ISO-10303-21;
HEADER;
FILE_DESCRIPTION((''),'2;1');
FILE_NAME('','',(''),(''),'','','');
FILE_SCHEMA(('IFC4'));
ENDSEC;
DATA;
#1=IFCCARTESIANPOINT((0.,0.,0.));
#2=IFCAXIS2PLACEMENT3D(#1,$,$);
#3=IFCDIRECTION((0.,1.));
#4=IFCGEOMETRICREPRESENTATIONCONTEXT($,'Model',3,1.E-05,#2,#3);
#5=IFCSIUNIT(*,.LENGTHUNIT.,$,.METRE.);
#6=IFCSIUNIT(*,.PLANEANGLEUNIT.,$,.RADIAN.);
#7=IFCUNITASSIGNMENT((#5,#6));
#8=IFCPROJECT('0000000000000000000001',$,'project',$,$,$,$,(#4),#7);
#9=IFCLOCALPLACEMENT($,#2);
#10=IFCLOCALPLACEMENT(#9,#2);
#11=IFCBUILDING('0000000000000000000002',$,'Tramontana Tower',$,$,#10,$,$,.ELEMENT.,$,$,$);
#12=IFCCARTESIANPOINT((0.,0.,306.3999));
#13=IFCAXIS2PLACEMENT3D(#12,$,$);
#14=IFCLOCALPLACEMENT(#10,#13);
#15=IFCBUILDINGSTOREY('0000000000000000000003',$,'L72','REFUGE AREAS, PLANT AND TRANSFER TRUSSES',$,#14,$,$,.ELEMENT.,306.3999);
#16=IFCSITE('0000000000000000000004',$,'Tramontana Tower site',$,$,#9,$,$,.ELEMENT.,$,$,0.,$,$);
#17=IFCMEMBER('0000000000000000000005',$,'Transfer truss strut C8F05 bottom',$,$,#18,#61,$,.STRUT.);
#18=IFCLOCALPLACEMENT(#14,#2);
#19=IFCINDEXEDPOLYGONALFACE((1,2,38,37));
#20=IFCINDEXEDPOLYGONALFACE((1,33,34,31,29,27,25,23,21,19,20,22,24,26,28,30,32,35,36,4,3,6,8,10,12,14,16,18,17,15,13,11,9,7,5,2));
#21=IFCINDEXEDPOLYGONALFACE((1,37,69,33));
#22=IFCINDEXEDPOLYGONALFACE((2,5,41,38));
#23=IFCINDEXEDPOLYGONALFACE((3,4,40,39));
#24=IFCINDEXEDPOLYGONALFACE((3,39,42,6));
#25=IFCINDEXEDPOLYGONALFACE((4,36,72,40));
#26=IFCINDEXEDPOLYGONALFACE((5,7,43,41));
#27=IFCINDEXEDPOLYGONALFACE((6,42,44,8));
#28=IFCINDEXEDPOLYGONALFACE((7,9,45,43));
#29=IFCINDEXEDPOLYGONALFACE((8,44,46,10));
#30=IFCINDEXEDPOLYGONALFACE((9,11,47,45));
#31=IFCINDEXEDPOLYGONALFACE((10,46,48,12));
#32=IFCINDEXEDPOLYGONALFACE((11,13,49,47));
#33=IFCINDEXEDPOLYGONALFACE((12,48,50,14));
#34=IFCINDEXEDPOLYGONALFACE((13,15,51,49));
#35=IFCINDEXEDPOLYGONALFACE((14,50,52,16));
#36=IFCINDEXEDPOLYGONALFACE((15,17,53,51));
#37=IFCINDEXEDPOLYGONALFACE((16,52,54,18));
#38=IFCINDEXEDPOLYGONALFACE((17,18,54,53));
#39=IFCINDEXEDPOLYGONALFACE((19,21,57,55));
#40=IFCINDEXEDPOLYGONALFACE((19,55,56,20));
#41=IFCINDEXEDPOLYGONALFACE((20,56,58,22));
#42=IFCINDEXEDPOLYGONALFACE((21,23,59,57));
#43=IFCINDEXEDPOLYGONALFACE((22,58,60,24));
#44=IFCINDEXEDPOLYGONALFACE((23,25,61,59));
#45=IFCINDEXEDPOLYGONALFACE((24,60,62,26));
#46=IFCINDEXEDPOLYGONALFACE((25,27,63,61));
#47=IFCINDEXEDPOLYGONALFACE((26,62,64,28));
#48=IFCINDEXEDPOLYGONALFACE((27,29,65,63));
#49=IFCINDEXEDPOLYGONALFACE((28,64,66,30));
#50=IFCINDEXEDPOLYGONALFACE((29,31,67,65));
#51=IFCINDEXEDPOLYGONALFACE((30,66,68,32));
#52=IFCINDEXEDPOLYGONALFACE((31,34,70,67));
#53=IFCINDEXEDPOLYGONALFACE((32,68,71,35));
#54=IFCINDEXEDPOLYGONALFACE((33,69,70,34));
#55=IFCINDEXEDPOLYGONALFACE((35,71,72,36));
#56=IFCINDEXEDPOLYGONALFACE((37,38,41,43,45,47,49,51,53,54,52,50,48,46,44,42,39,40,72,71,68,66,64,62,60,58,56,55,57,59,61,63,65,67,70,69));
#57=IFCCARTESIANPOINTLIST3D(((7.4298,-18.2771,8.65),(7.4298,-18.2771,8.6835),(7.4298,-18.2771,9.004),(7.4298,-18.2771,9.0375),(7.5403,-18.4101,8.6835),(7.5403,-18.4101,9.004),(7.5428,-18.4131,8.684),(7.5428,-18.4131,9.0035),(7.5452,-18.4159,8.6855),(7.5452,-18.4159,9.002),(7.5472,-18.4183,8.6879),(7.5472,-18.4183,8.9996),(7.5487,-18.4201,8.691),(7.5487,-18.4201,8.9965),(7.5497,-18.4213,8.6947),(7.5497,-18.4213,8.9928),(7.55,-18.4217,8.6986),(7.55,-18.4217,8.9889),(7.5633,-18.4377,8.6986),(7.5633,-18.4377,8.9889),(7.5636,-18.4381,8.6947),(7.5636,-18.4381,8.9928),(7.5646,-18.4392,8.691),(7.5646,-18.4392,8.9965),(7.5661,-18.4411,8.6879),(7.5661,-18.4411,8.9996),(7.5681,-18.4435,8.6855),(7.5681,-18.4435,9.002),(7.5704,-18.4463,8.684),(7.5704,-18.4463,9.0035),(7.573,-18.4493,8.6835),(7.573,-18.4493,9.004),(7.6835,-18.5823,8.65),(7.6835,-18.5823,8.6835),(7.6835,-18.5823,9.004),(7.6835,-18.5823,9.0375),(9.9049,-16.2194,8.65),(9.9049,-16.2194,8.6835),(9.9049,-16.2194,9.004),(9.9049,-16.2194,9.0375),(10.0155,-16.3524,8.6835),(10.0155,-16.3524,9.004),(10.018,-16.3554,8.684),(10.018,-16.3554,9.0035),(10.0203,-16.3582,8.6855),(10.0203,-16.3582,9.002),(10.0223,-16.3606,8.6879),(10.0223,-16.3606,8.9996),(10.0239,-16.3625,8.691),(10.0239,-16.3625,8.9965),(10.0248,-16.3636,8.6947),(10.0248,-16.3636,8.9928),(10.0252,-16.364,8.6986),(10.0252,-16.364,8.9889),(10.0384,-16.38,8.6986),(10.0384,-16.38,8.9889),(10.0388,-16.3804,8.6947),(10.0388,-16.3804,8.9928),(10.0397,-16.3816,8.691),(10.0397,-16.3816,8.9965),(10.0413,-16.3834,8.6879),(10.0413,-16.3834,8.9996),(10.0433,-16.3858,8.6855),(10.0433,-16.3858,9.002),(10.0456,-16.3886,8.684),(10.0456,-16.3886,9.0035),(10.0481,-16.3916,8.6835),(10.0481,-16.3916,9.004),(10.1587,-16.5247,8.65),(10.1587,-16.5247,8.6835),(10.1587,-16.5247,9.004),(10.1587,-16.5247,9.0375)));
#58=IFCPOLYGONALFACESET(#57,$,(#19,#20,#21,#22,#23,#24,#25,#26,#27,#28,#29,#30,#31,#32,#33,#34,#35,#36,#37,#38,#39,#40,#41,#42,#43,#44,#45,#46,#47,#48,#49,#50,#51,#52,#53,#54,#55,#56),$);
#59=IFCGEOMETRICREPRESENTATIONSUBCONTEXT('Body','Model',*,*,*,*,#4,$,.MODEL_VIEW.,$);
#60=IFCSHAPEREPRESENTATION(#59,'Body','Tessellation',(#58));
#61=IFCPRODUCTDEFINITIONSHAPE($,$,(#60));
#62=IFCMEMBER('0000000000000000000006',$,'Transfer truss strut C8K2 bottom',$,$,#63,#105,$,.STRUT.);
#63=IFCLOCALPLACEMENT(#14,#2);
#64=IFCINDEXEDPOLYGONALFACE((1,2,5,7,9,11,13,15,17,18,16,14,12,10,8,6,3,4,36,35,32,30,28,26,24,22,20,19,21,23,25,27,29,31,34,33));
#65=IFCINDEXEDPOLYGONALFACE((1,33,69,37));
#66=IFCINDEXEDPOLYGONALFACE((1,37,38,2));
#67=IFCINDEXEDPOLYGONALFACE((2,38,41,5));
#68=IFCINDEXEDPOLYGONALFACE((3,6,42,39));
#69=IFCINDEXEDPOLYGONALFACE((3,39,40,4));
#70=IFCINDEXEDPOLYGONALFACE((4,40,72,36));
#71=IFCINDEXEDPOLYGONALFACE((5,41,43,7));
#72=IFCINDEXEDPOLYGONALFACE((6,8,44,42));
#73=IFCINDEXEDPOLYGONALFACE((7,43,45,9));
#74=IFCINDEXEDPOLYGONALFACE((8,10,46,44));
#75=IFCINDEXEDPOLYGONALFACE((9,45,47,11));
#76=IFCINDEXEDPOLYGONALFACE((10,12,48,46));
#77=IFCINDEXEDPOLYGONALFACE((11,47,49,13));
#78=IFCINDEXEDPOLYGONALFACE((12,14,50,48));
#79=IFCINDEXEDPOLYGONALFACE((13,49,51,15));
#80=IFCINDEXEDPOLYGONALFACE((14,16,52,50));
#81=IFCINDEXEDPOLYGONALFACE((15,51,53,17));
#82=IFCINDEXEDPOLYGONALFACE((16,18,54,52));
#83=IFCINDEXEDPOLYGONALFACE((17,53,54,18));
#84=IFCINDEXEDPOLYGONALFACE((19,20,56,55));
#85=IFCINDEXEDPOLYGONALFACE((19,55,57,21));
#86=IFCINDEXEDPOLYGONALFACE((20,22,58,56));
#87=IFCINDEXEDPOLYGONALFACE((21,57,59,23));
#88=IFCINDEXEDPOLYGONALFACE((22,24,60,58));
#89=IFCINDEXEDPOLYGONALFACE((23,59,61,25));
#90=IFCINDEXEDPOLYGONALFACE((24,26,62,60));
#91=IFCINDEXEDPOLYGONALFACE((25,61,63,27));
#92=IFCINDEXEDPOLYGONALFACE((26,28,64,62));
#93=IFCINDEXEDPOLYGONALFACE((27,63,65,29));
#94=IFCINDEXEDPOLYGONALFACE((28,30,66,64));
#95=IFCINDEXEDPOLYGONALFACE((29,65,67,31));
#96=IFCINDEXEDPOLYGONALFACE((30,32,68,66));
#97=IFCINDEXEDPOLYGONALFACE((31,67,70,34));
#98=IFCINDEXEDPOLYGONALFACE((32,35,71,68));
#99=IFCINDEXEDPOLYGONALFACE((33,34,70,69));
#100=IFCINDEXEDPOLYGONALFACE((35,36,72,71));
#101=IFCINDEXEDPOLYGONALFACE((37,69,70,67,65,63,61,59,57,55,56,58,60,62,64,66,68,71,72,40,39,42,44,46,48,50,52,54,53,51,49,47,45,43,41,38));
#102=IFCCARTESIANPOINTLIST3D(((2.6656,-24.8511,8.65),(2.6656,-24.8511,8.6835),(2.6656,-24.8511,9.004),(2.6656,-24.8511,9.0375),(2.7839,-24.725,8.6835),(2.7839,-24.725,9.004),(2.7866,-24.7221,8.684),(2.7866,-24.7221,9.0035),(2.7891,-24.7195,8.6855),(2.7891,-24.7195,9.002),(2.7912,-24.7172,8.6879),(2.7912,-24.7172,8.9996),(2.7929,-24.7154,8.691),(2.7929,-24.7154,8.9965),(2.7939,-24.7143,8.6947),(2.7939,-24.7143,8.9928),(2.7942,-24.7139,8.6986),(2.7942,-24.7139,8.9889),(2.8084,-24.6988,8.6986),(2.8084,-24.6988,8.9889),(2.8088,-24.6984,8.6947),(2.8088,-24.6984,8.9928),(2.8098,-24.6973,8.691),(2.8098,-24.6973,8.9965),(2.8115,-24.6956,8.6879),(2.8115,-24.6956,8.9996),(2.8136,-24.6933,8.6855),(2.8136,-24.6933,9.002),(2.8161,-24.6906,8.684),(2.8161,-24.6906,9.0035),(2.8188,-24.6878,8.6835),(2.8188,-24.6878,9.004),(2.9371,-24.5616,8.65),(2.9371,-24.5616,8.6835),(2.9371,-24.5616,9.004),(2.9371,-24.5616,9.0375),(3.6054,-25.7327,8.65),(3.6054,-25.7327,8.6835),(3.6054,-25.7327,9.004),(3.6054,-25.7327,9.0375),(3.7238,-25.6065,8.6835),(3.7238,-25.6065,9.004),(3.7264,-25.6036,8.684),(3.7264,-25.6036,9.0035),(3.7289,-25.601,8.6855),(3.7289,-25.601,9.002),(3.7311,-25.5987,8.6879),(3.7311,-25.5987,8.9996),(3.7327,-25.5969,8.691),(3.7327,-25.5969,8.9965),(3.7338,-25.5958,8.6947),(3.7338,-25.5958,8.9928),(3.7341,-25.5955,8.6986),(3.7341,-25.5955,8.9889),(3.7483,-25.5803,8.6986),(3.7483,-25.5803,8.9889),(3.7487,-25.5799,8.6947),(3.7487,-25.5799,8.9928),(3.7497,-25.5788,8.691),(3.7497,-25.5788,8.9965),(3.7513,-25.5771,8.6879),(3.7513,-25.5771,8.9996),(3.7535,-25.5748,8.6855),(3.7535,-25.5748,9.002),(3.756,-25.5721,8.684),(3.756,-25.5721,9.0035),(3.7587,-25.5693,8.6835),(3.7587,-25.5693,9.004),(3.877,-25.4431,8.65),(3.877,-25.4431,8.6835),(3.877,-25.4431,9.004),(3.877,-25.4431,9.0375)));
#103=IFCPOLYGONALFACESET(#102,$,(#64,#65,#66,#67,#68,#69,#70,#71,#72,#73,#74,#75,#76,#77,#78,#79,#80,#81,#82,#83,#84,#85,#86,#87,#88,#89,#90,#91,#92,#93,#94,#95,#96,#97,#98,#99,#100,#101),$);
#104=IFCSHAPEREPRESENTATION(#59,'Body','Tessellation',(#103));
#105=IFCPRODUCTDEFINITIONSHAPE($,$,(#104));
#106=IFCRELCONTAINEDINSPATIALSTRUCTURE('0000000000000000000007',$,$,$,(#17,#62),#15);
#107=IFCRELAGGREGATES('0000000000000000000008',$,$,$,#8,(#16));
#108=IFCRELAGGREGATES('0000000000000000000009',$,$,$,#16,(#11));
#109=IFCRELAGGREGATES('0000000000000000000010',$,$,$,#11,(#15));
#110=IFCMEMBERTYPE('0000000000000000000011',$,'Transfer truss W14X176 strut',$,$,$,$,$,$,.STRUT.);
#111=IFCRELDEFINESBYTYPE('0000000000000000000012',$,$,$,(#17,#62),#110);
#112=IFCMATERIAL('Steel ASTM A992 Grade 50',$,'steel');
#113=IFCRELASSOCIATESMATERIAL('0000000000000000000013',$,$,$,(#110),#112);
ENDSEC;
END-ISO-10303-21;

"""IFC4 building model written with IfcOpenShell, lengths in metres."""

from ifc_helpers import new_model, si_unit, direction, frame, origin, origin_2d, place, context, subcontext, project, spatial, i_section, extrude, material, material_profile, profile_set, type_object, element, save


model = new_model("IFC4")

# Units and contexts
model_context = context("Model", 3, precision=1e-05, world=origin(), true_north=direction((0.0, 1.0)))
body_context = subcontext(model_context, "Body", "Model", "MODEL_VIEW")
ifc_project = project(units=[si_unit("LENGTHUNIT", "METRE"), si_unit("PLANEANGLEUNIT", "RADIAN")], contexts=[model_context])

# Site, building, storey
site_placement = place(None, origin())
site = spatial("IfcSite", under=ifc_project, at=site_placement, Name="Tramontana Tower site", CompositionType="ELEMENT", RefElevation=0.0)
building_placement = place(site_placement, origin())
building = spatial("IfcBuilding", under=site, at=building_placement, Name="Tramontana Tower", CompositionType="ELEMENT")
storey_placement = place(building_placement, frame((0.0, 0.0, 306.3999)))
storey = spatial("IfcBuildingStorey", under=building, at=storey_placement, Name="L72", Description="REFUGE AREAS, PLANT AND TRANSFER TRUSSES", CompositionType="ELEMENT", Elevation=306.3999)

# Members
ifc_material_1 = material(Name="Steel ASTM A992 Grade 50", Category="steel")
ifc_material_profile_1 = material_profile(ifc_material_1, i_section(OverallWidth=0.397, OverallDepth=0.3875, WebThickness=0.0208, FlangeThickness=0.0334, FilletRadius=0.0151, at=origin_2d()), Name="W14X176")
ifc_profile_set_1 = profile_set([ifc_material_profile_1], Name="Steel ASTM A992 Grade 50")
member_type_1 = type_object("IfcMemberType", Name="Transfer truss W14X176 strut", PredefinedType="STRUT", material=ifc_profile_set_1)
member_1_placement = place(storey_placement, frame((7.5566, -18.4297, 8.8438), z_axis=(0.768979, 0.639274, 0.0), x_axis=(-0.639274, 0.768979, 0.0)))
element("IfcMember", 1, at=member_1_placement, inside=storey, type_object=member_type_1, Name="Transfer truss strut C8F05 bottom", PredefinedType="STRUT", context=body_context, shape_type="SweptSolid", body=[
    extrude(i_section(OverallWidth=0.397, OverallDepth=0.3875, WebThickness=0.0208, FlangeThickness=0.0334, FilletRadius=0.0151, at=origin_2d()), origin(), (0.0, 0.0, 1.0), 3.2188),
])
member_2_placement = place(storey_placement, frame((3.7412, -25.5879, 8.8438), z_axis=(-0.729384, 0.684105, 0.0), x_axis=(-0.684105, -0.729384, 0.0)))
element("IfcMember", 2, at=member_2_placement, inside=storey, type_object=member_type_1, Name="Transfer truss strut C8K2 bottom", PredefinedType="STRUT", context=body_context, shape_type="SweptSolid", body=[
    extrude(i_section(OverallWidth=0.397, OverallDepth=0.3875, WebThickness=0.0208, FlangeThickness=0.0334, FilletRadius=0.0151, at=origin_2d()), origin(), (0.0, 0.0, 1.0), 1.2886),
])

save(model, "model.ifc")
